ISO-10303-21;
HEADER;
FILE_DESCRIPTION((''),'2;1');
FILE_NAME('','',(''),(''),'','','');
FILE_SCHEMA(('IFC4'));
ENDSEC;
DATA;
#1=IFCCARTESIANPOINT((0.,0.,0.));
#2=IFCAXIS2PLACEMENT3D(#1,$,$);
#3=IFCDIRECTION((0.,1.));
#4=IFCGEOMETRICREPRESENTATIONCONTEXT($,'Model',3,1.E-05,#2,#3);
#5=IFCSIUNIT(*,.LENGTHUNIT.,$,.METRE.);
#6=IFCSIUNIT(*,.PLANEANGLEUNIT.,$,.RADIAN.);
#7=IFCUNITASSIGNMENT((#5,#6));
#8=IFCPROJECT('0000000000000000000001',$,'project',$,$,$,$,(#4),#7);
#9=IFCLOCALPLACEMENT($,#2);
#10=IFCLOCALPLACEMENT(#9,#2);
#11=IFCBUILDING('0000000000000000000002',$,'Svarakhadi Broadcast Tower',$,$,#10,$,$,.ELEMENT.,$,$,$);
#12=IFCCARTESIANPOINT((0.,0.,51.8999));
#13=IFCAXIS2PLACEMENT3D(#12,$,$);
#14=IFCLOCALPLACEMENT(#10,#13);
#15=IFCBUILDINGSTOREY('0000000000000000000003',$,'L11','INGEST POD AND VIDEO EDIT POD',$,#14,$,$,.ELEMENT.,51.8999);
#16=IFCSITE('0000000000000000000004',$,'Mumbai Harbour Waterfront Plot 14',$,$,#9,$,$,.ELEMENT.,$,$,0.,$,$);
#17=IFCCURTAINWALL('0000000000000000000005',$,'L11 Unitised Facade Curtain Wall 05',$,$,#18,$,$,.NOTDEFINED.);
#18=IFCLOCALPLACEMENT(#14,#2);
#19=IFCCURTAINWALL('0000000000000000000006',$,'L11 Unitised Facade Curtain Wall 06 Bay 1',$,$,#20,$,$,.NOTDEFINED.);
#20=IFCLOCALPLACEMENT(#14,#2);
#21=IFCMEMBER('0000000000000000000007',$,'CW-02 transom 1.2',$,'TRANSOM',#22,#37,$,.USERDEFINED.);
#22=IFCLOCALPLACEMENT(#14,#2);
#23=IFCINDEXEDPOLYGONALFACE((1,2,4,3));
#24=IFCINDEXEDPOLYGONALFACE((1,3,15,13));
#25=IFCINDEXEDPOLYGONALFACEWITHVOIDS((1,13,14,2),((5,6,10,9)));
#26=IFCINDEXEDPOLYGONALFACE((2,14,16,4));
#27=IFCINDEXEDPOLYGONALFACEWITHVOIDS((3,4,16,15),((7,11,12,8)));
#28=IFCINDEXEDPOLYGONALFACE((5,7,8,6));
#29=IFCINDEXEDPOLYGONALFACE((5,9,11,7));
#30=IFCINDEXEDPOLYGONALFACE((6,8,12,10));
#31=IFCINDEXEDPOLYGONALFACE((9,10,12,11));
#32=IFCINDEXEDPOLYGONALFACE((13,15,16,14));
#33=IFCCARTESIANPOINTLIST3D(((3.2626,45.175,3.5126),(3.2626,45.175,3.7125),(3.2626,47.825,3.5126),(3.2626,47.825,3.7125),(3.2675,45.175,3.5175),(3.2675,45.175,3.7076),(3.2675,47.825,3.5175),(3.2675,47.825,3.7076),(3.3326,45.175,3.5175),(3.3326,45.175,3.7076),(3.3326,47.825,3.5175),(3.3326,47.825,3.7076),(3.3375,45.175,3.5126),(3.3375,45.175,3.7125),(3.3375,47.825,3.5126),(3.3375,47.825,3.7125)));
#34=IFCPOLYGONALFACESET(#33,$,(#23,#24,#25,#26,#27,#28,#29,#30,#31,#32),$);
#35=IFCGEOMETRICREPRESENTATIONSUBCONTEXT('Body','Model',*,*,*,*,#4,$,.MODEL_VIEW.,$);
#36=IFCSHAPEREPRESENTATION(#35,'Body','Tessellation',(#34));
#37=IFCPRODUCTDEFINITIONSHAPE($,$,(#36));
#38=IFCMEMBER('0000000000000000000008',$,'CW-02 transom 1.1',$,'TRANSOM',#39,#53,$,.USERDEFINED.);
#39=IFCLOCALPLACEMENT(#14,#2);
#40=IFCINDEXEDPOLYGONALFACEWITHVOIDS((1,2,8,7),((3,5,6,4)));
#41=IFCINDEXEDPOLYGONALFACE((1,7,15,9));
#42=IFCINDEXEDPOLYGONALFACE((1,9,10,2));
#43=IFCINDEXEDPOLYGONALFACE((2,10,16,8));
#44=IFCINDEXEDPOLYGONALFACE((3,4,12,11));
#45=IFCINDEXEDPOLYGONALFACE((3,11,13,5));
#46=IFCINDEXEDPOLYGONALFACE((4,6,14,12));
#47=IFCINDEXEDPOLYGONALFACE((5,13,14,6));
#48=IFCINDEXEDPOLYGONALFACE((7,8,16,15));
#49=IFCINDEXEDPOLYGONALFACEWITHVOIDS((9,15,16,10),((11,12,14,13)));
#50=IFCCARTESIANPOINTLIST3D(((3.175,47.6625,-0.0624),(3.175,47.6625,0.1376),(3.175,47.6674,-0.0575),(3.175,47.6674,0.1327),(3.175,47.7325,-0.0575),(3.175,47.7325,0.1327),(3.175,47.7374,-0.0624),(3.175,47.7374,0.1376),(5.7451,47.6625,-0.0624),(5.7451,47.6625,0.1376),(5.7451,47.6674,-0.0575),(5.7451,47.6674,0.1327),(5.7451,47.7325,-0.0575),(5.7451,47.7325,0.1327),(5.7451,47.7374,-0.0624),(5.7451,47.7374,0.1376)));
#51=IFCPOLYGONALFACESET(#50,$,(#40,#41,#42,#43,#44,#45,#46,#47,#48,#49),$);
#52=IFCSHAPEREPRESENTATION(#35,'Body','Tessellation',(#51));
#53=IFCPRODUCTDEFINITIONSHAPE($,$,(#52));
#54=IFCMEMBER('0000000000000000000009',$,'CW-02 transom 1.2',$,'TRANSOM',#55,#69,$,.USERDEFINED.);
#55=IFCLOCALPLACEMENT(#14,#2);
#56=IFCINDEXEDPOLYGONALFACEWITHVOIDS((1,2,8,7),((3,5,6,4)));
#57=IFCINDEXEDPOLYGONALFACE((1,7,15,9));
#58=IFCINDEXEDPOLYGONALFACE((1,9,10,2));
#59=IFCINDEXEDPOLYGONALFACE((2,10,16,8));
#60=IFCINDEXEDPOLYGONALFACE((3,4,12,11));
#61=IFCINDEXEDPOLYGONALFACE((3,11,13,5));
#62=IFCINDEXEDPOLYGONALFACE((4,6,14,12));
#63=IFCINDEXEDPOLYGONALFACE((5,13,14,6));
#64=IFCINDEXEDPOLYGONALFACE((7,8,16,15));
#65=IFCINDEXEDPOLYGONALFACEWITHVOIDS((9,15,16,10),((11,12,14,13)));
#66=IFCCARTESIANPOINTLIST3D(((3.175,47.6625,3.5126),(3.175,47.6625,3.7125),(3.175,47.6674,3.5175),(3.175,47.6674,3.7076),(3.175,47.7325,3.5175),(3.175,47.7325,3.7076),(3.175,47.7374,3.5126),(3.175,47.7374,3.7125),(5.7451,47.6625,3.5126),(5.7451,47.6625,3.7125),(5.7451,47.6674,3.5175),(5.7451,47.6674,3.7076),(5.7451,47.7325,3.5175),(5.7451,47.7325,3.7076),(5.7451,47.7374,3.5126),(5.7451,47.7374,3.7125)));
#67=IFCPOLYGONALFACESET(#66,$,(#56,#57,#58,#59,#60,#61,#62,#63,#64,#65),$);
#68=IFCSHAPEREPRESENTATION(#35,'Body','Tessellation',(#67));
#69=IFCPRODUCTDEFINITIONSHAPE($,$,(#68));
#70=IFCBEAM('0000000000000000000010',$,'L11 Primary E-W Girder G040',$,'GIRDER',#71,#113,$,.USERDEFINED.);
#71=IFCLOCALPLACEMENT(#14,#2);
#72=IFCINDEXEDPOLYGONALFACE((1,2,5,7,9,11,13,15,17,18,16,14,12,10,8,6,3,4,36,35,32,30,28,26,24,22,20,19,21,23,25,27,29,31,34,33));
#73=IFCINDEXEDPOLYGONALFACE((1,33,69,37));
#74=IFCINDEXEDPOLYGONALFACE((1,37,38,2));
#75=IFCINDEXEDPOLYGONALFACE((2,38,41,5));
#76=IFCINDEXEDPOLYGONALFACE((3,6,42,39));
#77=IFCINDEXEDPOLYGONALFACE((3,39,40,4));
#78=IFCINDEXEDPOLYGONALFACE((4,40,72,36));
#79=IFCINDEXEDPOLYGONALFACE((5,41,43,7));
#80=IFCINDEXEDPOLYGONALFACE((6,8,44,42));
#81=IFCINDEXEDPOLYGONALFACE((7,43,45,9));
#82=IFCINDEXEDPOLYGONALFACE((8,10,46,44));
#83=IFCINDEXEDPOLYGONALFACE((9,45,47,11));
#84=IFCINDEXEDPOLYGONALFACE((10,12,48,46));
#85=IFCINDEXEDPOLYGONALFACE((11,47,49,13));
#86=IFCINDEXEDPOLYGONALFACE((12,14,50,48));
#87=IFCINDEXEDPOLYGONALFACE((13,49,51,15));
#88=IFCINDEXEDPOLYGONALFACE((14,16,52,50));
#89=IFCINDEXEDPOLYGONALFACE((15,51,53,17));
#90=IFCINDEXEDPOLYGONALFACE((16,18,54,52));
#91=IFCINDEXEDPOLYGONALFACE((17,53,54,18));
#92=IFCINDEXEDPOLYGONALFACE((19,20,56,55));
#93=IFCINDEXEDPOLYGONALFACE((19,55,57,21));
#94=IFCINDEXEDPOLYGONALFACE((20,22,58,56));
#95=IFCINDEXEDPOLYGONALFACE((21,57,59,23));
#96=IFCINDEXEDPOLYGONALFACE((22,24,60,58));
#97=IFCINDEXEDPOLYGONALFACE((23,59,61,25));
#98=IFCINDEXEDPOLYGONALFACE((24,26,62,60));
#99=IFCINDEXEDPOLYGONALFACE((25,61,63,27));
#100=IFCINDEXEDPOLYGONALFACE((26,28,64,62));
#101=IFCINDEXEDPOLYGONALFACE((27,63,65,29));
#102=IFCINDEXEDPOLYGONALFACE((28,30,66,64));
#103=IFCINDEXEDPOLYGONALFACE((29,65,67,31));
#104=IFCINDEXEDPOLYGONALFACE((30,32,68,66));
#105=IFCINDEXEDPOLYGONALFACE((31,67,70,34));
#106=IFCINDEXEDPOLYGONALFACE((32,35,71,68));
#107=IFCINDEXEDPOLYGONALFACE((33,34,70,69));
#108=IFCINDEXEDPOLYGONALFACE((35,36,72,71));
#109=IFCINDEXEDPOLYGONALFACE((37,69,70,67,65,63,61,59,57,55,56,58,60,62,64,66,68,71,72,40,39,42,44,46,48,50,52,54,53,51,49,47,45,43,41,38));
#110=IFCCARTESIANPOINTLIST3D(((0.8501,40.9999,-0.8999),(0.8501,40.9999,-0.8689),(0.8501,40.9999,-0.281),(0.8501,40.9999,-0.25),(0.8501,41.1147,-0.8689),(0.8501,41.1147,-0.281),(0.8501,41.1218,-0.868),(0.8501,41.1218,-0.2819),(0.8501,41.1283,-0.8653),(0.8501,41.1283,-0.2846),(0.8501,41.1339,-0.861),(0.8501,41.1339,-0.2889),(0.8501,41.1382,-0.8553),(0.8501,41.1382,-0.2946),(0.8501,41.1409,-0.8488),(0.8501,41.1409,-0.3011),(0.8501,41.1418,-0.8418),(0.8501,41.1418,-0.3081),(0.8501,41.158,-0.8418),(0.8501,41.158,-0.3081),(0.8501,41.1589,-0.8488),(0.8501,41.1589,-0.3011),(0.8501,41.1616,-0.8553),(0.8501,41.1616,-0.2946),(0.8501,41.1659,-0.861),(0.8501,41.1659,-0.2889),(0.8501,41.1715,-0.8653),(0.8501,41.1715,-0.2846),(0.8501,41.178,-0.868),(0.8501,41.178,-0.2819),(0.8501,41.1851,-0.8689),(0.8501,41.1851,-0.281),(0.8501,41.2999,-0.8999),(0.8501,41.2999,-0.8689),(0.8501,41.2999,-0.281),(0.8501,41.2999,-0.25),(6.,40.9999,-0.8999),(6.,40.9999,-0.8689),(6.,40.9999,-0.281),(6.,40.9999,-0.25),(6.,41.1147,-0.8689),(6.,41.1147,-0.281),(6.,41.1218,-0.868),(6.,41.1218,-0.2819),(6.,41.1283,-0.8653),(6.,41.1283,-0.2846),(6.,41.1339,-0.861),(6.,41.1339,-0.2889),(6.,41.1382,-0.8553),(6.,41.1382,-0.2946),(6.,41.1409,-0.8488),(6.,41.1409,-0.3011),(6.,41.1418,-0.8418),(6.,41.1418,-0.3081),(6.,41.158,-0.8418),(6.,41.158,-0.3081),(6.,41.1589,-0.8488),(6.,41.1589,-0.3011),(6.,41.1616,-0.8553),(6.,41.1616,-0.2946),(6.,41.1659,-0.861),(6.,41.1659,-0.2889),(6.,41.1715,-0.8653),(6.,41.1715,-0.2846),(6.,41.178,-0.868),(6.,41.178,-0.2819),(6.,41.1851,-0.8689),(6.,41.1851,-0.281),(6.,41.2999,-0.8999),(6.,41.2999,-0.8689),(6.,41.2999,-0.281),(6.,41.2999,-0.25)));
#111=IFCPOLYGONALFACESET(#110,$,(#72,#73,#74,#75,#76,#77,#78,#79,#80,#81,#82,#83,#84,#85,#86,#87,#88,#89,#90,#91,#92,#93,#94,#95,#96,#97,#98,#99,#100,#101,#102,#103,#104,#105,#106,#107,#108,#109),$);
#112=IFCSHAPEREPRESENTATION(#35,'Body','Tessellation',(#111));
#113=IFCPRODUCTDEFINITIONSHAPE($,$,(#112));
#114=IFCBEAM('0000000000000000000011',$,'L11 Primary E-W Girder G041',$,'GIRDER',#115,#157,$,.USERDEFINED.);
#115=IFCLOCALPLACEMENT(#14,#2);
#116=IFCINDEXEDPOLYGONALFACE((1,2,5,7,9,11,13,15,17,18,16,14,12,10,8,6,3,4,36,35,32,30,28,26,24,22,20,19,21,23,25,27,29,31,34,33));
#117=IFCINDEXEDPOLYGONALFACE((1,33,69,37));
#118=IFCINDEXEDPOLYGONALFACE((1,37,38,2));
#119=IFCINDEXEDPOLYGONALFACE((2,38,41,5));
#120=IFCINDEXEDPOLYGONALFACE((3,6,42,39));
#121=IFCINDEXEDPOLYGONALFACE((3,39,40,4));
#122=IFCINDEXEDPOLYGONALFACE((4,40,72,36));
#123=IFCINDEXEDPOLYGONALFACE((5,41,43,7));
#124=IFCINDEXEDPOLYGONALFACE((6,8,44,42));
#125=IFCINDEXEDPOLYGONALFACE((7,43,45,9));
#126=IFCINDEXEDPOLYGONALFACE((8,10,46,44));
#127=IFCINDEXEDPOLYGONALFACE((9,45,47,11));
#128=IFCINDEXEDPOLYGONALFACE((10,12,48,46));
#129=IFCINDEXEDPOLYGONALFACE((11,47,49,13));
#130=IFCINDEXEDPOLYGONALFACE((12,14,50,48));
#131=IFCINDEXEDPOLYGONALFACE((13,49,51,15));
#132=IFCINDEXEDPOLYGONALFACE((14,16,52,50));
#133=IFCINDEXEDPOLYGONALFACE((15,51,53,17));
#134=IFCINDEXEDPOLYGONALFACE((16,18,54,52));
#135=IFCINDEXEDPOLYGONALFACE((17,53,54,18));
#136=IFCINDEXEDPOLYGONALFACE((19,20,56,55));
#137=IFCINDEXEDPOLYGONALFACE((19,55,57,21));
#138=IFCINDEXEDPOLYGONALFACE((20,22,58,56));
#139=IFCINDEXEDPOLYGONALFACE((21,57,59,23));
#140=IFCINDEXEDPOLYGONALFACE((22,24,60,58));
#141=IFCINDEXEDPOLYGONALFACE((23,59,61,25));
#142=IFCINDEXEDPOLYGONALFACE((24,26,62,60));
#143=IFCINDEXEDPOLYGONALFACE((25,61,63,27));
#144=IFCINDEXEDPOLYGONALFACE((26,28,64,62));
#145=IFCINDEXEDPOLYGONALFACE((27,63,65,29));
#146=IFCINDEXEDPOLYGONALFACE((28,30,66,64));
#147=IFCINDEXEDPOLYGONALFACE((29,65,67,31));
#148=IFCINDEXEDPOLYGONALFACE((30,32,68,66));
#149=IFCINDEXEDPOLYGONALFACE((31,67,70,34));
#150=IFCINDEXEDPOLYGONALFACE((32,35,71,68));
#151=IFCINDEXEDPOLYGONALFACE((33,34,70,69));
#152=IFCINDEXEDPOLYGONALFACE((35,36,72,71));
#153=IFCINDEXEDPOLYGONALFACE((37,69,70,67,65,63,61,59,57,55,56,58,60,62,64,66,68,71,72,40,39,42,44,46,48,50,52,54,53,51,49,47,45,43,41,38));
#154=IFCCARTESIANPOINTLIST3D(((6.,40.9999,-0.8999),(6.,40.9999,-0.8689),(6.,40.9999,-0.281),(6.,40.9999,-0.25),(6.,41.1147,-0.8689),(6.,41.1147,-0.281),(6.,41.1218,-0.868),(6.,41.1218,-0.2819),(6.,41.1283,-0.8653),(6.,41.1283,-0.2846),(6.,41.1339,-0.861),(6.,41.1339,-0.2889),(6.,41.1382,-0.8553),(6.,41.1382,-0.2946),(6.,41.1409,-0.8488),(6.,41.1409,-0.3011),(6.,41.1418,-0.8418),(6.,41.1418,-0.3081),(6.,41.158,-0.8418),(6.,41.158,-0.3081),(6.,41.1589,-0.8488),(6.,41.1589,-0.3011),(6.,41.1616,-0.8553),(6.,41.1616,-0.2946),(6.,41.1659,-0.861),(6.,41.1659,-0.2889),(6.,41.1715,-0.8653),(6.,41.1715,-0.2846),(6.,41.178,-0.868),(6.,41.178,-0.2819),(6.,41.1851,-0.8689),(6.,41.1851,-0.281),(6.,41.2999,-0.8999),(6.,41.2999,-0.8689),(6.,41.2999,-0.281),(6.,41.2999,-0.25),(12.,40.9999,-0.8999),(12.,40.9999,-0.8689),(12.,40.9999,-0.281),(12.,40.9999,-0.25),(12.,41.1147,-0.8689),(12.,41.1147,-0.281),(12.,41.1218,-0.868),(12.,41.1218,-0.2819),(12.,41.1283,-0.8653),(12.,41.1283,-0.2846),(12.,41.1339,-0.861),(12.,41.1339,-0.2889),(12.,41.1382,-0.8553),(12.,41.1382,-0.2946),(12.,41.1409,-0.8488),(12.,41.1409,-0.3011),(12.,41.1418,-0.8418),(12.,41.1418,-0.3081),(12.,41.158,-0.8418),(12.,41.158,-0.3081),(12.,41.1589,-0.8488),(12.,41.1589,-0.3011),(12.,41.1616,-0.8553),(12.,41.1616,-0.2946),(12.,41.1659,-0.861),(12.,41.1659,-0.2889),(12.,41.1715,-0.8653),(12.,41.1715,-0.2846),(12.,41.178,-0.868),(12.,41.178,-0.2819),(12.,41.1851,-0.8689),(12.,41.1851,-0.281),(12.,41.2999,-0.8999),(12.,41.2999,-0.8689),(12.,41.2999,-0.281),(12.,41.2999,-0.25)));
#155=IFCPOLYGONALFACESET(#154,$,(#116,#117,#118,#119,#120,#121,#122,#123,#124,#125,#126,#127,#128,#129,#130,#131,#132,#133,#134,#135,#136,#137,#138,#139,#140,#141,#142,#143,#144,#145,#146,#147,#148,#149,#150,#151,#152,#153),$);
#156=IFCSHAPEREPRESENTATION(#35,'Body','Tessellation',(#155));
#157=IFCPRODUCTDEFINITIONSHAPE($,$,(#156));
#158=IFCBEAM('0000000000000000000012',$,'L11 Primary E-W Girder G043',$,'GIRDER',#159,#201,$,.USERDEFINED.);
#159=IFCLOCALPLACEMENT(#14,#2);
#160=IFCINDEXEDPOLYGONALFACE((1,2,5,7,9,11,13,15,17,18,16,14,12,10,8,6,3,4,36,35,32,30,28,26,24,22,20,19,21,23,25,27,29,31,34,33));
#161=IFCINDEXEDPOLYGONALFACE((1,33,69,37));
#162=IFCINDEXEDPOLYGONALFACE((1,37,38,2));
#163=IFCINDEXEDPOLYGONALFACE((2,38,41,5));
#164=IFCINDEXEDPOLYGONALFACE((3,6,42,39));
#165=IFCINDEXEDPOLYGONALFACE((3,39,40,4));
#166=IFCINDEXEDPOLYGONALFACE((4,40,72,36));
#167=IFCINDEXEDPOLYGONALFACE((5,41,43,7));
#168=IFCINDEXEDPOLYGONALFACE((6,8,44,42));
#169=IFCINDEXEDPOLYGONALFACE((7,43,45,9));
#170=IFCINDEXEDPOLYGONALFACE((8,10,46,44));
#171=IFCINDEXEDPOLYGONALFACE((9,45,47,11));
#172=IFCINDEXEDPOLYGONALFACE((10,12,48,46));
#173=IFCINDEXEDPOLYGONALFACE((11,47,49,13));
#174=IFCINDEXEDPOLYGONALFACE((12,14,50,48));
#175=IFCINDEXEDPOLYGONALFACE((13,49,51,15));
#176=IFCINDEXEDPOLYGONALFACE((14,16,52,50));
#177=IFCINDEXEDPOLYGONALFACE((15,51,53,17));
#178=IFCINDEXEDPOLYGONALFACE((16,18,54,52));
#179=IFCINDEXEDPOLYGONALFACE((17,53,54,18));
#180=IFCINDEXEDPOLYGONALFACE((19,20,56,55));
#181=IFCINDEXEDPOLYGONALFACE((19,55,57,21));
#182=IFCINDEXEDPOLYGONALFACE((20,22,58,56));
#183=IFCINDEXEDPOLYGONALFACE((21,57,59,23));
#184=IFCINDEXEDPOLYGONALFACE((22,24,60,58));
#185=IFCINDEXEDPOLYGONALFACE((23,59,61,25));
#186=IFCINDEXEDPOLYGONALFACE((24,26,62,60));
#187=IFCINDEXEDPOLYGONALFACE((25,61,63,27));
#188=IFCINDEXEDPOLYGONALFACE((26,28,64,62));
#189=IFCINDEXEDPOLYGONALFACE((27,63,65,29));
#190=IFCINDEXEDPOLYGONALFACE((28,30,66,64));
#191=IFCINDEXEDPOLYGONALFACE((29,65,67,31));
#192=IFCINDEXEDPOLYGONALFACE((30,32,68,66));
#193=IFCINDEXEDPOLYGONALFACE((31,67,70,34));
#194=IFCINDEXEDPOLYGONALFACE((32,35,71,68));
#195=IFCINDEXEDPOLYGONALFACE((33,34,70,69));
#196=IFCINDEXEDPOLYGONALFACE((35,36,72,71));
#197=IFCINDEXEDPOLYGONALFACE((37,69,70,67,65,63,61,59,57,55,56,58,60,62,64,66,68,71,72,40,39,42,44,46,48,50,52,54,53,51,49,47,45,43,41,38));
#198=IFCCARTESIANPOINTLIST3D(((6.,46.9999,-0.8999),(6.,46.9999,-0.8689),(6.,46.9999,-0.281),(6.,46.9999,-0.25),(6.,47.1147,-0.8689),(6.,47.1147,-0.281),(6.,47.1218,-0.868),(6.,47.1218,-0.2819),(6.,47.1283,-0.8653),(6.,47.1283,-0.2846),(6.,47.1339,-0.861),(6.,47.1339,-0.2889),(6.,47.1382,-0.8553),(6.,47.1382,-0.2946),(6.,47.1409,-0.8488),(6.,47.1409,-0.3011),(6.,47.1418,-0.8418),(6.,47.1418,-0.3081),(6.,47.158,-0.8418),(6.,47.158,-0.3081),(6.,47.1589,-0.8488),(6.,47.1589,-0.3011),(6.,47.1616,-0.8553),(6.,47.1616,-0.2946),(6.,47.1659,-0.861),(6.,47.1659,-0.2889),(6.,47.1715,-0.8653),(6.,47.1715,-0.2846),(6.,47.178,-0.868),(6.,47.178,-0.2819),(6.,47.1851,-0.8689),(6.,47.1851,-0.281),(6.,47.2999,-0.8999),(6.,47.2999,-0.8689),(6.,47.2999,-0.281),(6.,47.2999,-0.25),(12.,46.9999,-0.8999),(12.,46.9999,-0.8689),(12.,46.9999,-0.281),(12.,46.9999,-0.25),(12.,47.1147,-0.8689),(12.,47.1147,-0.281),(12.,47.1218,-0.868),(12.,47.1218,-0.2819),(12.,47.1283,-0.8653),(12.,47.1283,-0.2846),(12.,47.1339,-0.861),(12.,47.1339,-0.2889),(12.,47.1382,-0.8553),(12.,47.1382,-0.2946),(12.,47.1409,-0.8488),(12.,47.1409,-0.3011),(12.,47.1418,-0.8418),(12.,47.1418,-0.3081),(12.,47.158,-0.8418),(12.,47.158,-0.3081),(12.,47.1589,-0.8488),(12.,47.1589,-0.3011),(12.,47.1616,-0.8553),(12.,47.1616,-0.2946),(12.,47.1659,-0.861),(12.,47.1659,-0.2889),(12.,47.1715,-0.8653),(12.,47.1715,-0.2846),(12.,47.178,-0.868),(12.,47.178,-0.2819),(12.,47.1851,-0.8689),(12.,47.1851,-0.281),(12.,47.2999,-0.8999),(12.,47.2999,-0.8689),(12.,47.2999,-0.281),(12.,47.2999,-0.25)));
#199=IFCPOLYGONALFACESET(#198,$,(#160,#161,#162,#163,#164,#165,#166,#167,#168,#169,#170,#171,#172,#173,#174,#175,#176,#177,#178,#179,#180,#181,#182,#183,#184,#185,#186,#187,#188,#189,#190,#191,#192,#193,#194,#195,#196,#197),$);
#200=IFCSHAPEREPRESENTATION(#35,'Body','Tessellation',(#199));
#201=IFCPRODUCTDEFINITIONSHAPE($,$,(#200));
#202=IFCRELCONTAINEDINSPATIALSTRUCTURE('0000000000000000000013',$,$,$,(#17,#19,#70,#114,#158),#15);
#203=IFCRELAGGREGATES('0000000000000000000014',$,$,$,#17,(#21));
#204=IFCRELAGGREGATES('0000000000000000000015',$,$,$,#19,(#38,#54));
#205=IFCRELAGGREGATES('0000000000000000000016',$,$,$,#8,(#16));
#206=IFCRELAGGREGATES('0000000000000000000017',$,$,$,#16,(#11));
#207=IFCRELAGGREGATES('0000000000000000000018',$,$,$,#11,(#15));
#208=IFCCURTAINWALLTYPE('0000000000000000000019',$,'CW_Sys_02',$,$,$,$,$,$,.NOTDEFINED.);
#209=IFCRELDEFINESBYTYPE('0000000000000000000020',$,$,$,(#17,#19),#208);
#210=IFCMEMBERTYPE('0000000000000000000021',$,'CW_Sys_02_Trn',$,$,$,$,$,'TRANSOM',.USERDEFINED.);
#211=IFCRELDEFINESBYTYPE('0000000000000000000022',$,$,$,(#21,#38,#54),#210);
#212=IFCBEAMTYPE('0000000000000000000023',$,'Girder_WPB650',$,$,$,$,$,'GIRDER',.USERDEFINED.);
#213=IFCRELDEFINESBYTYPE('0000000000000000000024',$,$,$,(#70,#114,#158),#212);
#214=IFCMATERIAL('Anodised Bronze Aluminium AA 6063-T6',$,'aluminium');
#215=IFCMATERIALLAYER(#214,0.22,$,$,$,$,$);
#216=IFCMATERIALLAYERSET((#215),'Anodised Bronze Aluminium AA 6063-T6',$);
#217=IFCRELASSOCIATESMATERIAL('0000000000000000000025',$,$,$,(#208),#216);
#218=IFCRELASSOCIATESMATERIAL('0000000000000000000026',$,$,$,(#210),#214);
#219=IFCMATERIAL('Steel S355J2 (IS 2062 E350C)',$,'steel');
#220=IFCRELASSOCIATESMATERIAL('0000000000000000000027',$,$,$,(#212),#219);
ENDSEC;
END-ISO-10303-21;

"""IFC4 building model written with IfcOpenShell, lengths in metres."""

from ifc_helpers import new_model, si_unit, direction, frame, origin, origin_2d, place, context, subcontext, project, spatial, hollow_rectangle, i_section, extrude, material, layer, layer_set, material_profile, profile_set, type_object, element, aggregate, save


model = new_model("IFC4")

# Units and contexts
model_context = context("Model", 3, precision=1e-05, world=origin(), true_north=direction((0.0, 1.0)))
body_context = subcontext(model_context, "Body", "Model", "MODEL_VIEW")
ifc_project = project(units=[si_unit("LENGTHUNIT", "METRE"), si_unit("PLANEANGLEUNIT", "RADIAN")], contexts=[model_context])

# Site, building, storey
site_placement = place(None, origin())
site = spatial("IfcSite", under=ifc_project, at=site_placement, Name="Mumbai Harbour Waterfront Plot 14", CompositionType="ELEMENT", RefElevation=0.0)
building_placement = place(site_placement, origin())
building = spatial("IfcBuilding", under=site, at=building_placement, Name="Svarakhadi Broadcast Tower", CompositionType="ELEMENT")
storey_placement = place(building_placement, frame((0.0, 0.0, 51.8999)))
storey = spatial("IfcBuildingStorey", under=building, at=storey_placement, Name="L11", Description="INGEST POD AND VIDEO EDIT POD", CompositionType="ELEMENT", Elevation=51.8999)

# Shared definitions
ifc_material_1 = material(Name="Steel S355J2 (IS 2062 E350C)", Category="steel")

# Curtain walls
ifc_material_2 = material(Name="Anodised Bronze Aluminium AA 6063-T6", Category="aluminium")
ifc_layer_1 = layer(ifc_material_2, 0.22)
ifc_layer_set_1 = layer_set([ifc_layer_1], Name="Anodised Bronze Aluminium AA 6063-T6")
curtain_wall_type = type_object("IfcCurtainWallType", Name="CW_Sys_02", PredefinedType="NOTDEFINED", material=ifc_layer_set_1)
curtain_wall_1_placement = place(storey_placement, origin())
curtain_wall_1 = element("IfcCurtainWall", 1, at=curtain_wall_1_placement, inside=storey, type_object=curtain_wall_type, Name="L11 Unitised Facade Curtain Wall 05", PredefinedType="NOTDEFINED")
curtain_wall_2_placement = place(storey_placement, origin())
curtain_wall_2 = element("IfcCurtainWall", 2, at=curtain_wall_2_placement, inside=storey, type_object=curtain_wall_type, Name="L11 Unitised Facade Curtain Wall 06 Bay 1", PredefinedType="NOTDEFINED")

# Members
ifc_material_profile_1 = material_profile(ifc_material_2, hollow_rectangle(XDim=0.075, YDim=0.2, WallThickness=0.0049, at=origin_2d()), Name="ALU TRANSOM 200x75x5")
ifc_profile_set_1 = profile_set([ifc_material_profile_1], Name="Anodised Bronze Aluminium AA 6063-T6")
member_type_1 = type_object("IfcMemberType", Name="CW_Sys_02_Trn", ElementType="TRANSOM", PredefinedType="USERDEFINED", material=ifc_profile_set_1)
member_1_placement = place(storey_placement, frame((3.3, 45.175, 3.6125), z_axis=(0.0, 1.0, 0.0), x_axis=(-1.0, 0.0, 0.0)))
member_1 = element("IfcMember", 3, at=member_1_placement, type_object=member_type_1, Name="CW-02 transom 1.2", ObjectType="TRANSOM", PredefinedType="USERDEFINED", context=body_context, shape_type="SweptSolid", body=[
    extrude(hollow_rectangle(XDim=0.075, YDim=0.2, WallThickness=0.0049, at=origin_2d()), origin(), (0.0, 0.0, 1.0), 2.6499),
])
member_2_placement = place(storey_placement, frame((3.175, 47.7, 0.0376), z_axis=(1.0, 0.0, 0.0), x_axis=(0.0, 1.0, 0.0)))
member_2 = element("IfcMember", 4, at=member_2_placement, type_object=member_type_1, Name="CW-02 transom 1.1", ObjectType="TRANSOM", PredefinedType="USERDEFINED", context=body_context, shape_type="SweptSolid", body=[
    extrude(hollow_rectangle(XDim=0.075, YDim=0.2, WallThickness=0.0049, at=origin_2d()), origin(), (0.0, 0.0, 1.0), 2.5701),
])
member_3_placement = place(storey_placement, frame((3.175, 47.7, 3.6125), z_axis=(1.0, 0.0, 0.0), x_axis=(0.0, 1.0, 0.0)))
member_3 = element("IfcMember", 5, at=member_3_placement, type_object=member_type_1, Name="CW-02 transom 1.2", ObjectType="TRANSOM", PredefinedType="USERDEFINED", context=body_context, shape_type="SweptSolid", body=[
    extrude(hollow_rectangle(XDim=0.075, YDim=0.2, WallThickness=0.0049, at=origin_2d()), origin(), (0.0, 0.0, 1.0), 2.5701),
])

# Beams
ifc_material_profile_2 = material_profile(ifc_material_1, i_section(OverallWidth=0.3, OverallDepth=0.6499, WebThickness=0.0161, FlangeThickness=0.031, FilletRadius=0.0271, at=origin_2d()), Name="WPB 650x300x225")
ifc_profile_set_2 = profile_set([ifc_material_profile_2], Name="Steel S355J2 (IS 2062 E350C)")
beam_type_1 = type_object("IfcBeamType", Name="Girder_WPB650", ElementType="GIRDER", PredefinedType="USERDEFINED", material=ifc_profile_set_2)
beam_1_placement = place(storey_placement, frame((0.8501, 41.1499, -0.575), z_axis=(1.0, 0.0, 0.0), x_axis=(0.0, 1.0, 0.0)))
element("IfcBeam", 6, at=beam_1_placement, inside=storey, type_object=beam_type_1, Name="L11 Primary E-W Girder G040", ObjectType="GIRDER", PredefinedType="USERDEFINED", context=body_context, shape_type="SweptSolid", body=[
    extrude(i_section(OverallWidth=0.3, OverallDepth=0.6499, WebThickness=0.0161, FlangeThickness=0.031, FilletRadius=0.0271, at=origin_2d()), origin(), (0.0, 0.0, 1.0), 5.1499),
])
for number, where, z_axis, x_axis, name in (
    (7, (6.0, 41.1499, -0.575), (1.0, 0.0, 0.0), (0.0, 1.0, 0.0), "L11 Primary E-W Girder G041"),
    (8, (6.0, 47.1499, -0.575), (1.0, 0.0, 0.0), (0.0, 1.0, 0.0), "L11 Primary E-W Girder G043"),
):
    element("IfcBeam", number, at=place(storey_placement, frame(where, z_axis=z_axis, x_axis=x_axis)), inside=storey, type_object=beam_type_1, Name=name, ObjectType="GIRDER", PredefinedType="USERDEFINED", context=body_context, shape_type="SweptSolid", body=[
        extrude(i_section(OverallWidth=0.3, OverallDepth=0.6499, WebThickness=0.0161, FlangeThickness=0.031, FilletRadius=0.0271, at=origin_2d()), origin(), (0.0, 0.0, 1.0), 6.0),
    ])

aggregate(curtain_wall_1, [member_1])
aggregate(curtain_wall_2, [member_2, member_3])

save(model, "model.ifc")
